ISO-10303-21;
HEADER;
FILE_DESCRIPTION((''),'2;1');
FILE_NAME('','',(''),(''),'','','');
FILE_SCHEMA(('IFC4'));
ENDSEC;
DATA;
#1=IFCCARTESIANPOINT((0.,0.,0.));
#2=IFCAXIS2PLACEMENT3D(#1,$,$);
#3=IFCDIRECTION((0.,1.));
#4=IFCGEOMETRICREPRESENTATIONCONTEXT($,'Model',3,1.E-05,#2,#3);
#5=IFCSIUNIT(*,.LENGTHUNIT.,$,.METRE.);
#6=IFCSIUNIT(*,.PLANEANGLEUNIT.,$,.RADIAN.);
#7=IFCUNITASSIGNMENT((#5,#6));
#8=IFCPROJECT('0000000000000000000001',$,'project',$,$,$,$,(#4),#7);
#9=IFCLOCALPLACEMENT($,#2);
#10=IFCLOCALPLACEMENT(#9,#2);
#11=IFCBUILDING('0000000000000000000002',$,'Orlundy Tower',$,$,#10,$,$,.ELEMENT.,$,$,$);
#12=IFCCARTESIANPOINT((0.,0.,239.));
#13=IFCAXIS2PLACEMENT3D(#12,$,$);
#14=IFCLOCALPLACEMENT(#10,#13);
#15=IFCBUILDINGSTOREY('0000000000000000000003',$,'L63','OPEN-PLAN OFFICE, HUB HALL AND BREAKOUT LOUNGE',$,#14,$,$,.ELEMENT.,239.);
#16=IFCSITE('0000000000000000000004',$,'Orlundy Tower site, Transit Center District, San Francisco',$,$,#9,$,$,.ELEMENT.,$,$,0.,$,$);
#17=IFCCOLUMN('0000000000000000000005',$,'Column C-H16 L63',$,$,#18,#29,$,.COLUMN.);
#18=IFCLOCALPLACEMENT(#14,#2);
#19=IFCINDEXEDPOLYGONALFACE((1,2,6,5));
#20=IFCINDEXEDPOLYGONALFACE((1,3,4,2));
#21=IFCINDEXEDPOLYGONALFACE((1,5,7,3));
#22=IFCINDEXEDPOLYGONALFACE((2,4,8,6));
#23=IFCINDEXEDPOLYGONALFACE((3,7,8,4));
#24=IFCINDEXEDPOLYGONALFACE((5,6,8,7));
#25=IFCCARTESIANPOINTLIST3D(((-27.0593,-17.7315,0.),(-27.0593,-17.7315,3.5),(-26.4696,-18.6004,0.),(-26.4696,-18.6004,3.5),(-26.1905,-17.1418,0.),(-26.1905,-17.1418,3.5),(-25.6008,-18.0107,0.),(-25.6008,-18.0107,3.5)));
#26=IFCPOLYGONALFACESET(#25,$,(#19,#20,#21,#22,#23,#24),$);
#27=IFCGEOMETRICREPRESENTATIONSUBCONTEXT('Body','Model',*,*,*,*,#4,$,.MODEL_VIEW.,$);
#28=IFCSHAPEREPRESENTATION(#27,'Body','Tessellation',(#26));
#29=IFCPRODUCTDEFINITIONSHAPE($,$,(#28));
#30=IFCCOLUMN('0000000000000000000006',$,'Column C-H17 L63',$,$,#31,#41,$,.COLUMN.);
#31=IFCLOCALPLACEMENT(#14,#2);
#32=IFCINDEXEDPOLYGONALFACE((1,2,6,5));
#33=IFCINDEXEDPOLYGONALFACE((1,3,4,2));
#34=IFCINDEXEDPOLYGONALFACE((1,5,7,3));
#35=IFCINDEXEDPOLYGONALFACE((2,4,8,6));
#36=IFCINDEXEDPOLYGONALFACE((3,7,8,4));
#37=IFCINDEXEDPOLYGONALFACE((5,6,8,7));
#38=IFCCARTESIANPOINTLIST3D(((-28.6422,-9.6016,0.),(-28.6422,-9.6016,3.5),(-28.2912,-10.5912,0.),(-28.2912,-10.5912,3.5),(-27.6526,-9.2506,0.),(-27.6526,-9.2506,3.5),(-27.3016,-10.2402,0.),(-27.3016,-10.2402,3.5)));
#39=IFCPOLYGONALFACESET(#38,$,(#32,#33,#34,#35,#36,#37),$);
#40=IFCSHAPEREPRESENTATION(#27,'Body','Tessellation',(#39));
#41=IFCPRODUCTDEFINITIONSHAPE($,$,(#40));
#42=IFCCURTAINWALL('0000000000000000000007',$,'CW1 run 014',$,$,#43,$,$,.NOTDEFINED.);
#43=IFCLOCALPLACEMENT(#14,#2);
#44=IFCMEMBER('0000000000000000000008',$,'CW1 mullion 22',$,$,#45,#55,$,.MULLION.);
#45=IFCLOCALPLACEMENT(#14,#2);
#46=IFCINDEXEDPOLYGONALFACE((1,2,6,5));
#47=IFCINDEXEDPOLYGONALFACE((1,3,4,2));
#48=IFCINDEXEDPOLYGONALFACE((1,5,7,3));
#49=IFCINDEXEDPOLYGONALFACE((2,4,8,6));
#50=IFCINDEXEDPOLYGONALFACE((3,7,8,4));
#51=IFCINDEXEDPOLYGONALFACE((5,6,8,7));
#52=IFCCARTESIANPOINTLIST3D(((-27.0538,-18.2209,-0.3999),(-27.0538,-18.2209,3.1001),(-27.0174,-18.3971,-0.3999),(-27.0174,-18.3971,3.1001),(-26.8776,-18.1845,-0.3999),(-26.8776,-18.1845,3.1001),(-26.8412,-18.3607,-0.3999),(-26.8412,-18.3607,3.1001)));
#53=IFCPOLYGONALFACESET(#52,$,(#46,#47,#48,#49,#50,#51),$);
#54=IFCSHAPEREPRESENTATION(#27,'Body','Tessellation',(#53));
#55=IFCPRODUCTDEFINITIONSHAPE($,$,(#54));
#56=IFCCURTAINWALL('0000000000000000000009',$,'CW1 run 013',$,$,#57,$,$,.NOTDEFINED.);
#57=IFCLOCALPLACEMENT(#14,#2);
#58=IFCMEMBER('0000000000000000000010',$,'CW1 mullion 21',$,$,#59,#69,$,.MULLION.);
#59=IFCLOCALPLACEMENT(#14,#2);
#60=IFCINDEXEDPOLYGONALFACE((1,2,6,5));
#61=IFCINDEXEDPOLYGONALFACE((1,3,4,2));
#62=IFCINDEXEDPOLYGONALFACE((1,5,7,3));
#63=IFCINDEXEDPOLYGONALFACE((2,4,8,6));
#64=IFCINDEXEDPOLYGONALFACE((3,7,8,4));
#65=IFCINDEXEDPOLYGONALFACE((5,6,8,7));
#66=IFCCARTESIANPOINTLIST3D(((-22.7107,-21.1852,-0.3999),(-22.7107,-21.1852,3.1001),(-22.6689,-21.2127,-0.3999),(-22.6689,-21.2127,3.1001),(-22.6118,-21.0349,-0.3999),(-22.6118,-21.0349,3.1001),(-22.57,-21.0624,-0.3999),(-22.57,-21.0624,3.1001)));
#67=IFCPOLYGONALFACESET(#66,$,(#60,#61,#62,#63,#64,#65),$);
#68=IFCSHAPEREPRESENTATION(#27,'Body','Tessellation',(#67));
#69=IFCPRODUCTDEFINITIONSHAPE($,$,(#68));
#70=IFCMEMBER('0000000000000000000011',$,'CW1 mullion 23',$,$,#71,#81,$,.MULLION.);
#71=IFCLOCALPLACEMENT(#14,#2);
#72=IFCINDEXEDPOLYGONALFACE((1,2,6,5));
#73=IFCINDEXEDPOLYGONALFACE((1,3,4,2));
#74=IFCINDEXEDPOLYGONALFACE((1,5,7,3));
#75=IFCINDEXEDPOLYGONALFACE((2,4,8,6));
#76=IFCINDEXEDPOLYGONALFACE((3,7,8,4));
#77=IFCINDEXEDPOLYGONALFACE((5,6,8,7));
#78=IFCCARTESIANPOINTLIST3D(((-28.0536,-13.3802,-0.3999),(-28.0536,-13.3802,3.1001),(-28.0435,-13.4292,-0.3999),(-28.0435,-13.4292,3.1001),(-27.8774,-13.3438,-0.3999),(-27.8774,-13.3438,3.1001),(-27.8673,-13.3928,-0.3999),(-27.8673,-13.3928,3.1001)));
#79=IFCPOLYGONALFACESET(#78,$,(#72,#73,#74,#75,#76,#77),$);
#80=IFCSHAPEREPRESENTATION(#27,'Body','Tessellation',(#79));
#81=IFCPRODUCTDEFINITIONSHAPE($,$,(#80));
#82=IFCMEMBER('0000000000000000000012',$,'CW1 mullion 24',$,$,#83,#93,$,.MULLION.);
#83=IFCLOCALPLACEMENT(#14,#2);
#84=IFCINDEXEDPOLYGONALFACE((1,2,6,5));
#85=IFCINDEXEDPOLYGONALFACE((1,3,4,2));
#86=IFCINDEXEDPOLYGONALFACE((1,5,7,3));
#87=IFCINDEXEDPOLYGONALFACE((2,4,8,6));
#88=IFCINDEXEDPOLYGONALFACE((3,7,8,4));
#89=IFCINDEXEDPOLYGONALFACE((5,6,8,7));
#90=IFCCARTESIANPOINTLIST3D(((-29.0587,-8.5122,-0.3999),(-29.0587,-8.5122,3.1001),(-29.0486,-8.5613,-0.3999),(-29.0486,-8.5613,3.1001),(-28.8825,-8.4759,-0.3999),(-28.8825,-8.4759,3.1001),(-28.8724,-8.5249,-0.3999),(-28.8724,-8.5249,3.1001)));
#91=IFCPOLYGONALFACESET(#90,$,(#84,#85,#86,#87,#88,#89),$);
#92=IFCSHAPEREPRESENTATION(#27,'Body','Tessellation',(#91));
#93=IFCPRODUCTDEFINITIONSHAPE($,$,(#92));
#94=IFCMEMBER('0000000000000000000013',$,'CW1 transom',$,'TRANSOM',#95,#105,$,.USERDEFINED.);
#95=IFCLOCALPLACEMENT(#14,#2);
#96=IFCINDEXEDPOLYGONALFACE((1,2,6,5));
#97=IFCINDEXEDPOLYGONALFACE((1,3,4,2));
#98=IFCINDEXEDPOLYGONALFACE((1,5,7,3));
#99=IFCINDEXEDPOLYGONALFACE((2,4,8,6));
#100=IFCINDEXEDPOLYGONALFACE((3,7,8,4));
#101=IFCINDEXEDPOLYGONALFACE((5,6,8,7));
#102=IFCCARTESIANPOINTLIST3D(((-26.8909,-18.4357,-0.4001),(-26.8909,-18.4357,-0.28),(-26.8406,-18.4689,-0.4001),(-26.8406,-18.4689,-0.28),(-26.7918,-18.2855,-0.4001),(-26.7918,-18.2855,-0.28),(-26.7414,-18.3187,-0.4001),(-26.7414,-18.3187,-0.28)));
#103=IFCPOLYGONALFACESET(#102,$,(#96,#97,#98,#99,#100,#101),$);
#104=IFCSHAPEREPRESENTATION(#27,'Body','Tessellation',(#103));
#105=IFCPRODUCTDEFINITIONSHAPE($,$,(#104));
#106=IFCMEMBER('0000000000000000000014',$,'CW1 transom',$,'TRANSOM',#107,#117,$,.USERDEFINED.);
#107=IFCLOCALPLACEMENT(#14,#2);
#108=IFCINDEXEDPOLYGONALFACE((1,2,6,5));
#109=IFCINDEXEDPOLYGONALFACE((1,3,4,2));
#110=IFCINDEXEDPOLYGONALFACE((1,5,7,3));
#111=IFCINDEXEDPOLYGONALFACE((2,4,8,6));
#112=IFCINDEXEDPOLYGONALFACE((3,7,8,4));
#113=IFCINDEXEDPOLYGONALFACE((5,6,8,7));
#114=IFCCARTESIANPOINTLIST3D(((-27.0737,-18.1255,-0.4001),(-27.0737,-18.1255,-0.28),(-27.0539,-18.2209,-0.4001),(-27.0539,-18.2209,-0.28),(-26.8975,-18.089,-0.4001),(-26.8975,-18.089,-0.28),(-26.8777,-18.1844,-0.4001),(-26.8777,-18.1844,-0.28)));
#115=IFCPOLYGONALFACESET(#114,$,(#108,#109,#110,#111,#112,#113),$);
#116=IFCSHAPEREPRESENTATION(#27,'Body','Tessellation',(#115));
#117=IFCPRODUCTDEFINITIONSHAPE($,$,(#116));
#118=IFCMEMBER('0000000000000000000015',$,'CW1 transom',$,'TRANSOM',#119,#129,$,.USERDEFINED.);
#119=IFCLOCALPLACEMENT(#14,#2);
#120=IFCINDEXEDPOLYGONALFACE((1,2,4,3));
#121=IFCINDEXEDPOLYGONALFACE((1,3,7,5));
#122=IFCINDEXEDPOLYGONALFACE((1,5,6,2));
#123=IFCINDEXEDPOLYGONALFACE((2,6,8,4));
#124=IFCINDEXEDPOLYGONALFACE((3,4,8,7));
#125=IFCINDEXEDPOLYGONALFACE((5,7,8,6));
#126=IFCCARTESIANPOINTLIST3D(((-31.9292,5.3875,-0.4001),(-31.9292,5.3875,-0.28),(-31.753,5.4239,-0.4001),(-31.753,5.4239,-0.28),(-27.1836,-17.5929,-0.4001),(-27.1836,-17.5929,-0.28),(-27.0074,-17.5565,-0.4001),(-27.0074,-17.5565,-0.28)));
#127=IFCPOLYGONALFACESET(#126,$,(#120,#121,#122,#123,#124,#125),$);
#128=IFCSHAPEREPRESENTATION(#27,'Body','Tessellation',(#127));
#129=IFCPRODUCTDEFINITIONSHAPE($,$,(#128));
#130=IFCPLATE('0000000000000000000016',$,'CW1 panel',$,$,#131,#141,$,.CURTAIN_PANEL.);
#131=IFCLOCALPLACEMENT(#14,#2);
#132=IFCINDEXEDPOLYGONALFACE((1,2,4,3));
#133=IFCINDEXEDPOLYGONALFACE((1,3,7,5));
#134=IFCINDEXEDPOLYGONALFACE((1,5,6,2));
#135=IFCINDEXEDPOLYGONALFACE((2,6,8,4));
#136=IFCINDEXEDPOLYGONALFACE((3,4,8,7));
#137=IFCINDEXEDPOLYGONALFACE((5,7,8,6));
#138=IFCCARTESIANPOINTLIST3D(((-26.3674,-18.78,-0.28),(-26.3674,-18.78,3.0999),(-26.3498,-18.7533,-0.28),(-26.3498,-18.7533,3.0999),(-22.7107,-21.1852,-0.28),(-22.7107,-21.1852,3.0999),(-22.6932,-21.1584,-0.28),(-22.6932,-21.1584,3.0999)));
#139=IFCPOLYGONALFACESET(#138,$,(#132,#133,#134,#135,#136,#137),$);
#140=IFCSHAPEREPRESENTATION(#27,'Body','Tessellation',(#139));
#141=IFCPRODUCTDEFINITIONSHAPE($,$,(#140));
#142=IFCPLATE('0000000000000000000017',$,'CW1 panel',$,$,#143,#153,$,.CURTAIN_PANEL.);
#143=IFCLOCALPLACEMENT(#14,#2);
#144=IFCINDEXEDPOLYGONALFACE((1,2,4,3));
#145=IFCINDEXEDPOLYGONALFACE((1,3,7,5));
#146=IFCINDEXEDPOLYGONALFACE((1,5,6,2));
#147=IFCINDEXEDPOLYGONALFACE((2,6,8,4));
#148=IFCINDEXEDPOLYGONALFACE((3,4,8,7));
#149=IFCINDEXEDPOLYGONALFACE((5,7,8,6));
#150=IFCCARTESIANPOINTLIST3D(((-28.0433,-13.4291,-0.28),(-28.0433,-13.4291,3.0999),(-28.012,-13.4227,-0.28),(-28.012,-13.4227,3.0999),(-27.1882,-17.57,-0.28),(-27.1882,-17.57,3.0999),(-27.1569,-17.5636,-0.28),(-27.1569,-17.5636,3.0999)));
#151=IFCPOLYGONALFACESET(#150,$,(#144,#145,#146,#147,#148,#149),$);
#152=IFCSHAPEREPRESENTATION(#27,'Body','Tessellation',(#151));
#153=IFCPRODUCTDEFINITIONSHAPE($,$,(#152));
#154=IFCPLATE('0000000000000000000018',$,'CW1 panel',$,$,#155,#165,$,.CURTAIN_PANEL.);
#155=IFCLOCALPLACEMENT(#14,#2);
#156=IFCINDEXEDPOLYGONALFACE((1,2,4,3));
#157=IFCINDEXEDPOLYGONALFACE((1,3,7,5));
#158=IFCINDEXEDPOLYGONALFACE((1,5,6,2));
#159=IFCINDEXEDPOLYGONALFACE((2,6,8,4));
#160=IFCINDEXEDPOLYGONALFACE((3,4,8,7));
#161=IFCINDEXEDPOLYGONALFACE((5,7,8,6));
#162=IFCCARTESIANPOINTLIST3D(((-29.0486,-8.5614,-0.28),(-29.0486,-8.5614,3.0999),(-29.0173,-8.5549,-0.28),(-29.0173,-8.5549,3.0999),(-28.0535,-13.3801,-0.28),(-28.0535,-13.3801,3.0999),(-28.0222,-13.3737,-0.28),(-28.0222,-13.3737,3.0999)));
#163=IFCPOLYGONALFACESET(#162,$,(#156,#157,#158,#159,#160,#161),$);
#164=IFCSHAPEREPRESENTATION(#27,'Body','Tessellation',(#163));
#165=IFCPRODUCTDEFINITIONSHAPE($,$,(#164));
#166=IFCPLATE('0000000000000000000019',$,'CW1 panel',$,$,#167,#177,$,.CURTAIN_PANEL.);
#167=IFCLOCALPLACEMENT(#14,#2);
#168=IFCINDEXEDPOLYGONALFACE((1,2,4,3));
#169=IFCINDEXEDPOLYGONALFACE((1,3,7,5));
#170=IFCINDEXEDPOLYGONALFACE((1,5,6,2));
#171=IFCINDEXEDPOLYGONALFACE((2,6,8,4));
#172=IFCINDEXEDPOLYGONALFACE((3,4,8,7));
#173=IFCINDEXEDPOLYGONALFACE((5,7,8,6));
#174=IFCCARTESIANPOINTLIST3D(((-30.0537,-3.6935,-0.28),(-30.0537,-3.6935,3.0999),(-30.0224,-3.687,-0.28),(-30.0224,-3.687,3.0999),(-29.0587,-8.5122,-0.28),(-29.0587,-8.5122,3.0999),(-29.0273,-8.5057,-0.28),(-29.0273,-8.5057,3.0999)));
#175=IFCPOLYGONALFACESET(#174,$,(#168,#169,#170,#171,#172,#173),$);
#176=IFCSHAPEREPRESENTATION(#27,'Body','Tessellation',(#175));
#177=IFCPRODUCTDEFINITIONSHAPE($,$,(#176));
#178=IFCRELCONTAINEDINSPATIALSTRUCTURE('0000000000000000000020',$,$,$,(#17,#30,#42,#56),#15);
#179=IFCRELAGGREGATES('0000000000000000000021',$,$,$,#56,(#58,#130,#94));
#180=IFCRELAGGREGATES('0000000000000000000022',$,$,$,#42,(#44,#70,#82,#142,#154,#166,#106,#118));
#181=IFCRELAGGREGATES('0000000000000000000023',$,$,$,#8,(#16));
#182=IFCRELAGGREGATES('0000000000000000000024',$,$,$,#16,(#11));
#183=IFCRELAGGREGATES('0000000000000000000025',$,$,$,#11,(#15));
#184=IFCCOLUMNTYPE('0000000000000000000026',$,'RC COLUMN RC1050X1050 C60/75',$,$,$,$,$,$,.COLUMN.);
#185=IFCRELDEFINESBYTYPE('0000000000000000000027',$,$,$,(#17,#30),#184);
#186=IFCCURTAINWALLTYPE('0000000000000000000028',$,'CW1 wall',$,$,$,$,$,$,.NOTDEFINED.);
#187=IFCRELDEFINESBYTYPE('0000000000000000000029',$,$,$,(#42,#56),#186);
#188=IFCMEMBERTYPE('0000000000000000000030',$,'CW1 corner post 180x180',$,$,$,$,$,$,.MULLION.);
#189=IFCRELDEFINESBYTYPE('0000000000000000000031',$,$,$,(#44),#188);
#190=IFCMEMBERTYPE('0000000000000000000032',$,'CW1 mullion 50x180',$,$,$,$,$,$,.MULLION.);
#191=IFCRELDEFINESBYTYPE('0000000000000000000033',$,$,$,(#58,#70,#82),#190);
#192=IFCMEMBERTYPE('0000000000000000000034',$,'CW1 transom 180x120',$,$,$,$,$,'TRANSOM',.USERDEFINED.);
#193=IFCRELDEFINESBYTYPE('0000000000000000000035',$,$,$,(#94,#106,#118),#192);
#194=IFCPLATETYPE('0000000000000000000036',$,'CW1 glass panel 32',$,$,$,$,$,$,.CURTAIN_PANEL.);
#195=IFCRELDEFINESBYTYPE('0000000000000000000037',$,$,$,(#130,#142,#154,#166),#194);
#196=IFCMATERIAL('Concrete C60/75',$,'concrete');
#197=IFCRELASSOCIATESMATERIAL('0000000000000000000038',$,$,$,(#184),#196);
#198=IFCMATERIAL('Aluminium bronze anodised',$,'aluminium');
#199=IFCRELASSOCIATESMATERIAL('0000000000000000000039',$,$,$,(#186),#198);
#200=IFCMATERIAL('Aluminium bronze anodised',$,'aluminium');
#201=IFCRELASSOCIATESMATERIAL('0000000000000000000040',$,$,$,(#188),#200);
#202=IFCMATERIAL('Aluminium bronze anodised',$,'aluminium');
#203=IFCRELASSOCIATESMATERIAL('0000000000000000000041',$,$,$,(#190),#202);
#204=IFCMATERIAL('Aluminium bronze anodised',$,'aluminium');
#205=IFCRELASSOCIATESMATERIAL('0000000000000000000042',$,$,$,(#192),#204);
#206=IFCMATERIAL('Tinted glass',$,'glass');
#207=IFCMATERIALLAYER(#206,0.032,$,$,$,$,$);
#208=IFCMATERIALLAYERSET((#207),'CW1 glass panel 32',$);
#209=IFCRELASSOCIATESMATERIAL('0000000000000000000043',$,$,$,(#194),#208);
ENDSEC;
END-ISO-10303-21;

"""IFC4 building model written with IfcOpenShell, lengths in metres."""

from ifc_helpers import new_model, si_unit, direction, frame, origin, origin_2d, place, context, subcontext, project, spatial, rectangle, extrude, material, layer, layer_set, material_profile, profile_set, type_object, element, aggregate, save


model = new_model("IFC4")

# Units and contexts
model_context = context("Model", 3, precision=1e-05, world=origin(), true_north=direction((0.0, 1.0)))
body_context = subcontext(model_context, "Body", "Model", "MODEL_VIEW")
ifc_project = project(units=[si_unit("LENGTHUNIT", "METRE"), si_unit("PLANEANGLEUNIT", "RADIAN")], contexts=[model_context])

# Site, building, storey
site_placement = place(None, origin())
site = spatial("IfcSite", under=ifc_project, at=site_placement, Name="Orlundy Tower site, Transit Center District, San Francisco", CompositionType="ELEMENT", RefElevation=0.0)
building_placement = place(site_placement, origin())
building = spatial("IfcBuilding", under=site, at=building_placement, Name="Orlundy Tower", CompositionType="ELEMENT")
storey_placement = place(building_placement, frame((0.0, 0.0, 239.0)))
storey = spatial("IfcBuildingStorey", under=building, at=storey_placement, Name="L63", Description="OPEN-PLAN OFFICE, HUB HALL AND BREAKOUT LOUNGE", CompositionType="ELEMENT", Elevation=239.0)

# Columns
ifc_material_1 = material(Name="Concrete C60/75", Category="concrete")
ifc_material_profile_1 = material_profile(ifc_material_1, rectangle(XDim=1.05, YDim=1.05, at=origin_2d()), Name="RC1050X1050")
ifc_profile_set_1 = profile_set([ifc_material_profile_1], Name="Concrete C60/75")
column_type = type_object("IfcColumnType", Name="RC COLUMN RC1050X1050 C60/75", PredefinedType="COLUMN", material=ifc_profile_set_1)
for number, where, z_axis, x_axis, name in (
    (1, (-26.3301, -17.8711, 0.0), (0.0, 0.0, 1.0), (-0.827414, -0.561592, 0.0), "Column C-H16 L63"),
    (2, (-27.9719, -9.9209, 0.0), (0.0, 0.0, 1.0), (-0.942478, -0.334267, 0.0), "Column C-H17 L63"),
):
    element("IfcColumn", number, at=place(storey_placement, frame(where, z_axis=z_axis, x_axis=x_axis)), inside=storey, type_object=column_type, Name=name, PredefinedType="COLUMN", context=body_context, shape_type="SweptSolid", body=[
        extrude(rectangle(XDim=1.05, YDim=1.05, at=origin_2d()), origin(), (0.0, 0.0, 1.0), 3.5),
    ])

# Curtain walls, members
ifc_material_2 = material(Name="Aluminium bronze anodised", Category="aluminium")
curtain_wall_type = type_object("IfcCurtainWallType", Name="CW1 wall", PredefinedType="NOTDEFINED", material=ifc_material_2)
curtain_wall_1_placement = place(storey_placement, origin())
curtain_wall_1 = element("IfcCurtainWall", 3, at=curtain_wall_1_placement, inside=storey, type_object=curtain_wall_type, Name="CW1 run 014", PredefinedType="NOTDEFINED")
ifc_material_3 = material(Name="Aluminium bronze anodised", Category="aluminium")
ifc_material_profile_2 = material_profile(ifc_material_3, rectangle(XDim=0.1799, YDim=0.1799, at=origin_2d()), Name="CW1 corner post 180x180")
ifc_profile_set_2 = profile_set([ifc_material_profile_2], Name="Aluminium bronze anodised")
member_type_1 = type_object("IfcMemberType", Name="CW1 corner post 180x180", PredefinedType="MULLION", material=ifc_profile_set_2)
member_1_placement = place(storey_placement, frame((-26.9475, -18.2908, -0.3999), z_axis=(0.0, 0.0, 1.0), x_axis=(-0.979337, -0.202233, 0.0)))
member_1 = element("IfcMember", 4, at=member_1_placement, type_object=member_type_1, Name="CW1 mullion 22", PredefinedType="MULLION", context=body_context, shape_type="SweptSolid", body=[
    extrude(rectangle(XDim=0.1799, YDim=0.1799, at=origin_2d()), origin(), (0.0, 0.0, 1.0), 3.5),
])
curtain_wall_2_placement = place(storey_placement, origin())
curtain_wall_2 = element("IfcCurtainWall", 5, at=curtain_wall_2_placement, inside=storey, type_object=curtain_wall_type, Name="CW1 run 013", PredefinedType="NOTDEFINED")
ifc_material_4 = material(Name="Aluminium bronze anodised", Category="aluminium")
ifc_material_profile_3 = material_profile(ifc_material_4, rectangle(XDim=0.1799, YDim=0.05, at=origin_2d()), Name="CW1 mullion 50x180")
ifc_profile_set_3 = profile_set([ifc_material_profile_3], Name="Aluminium bronze anodised")
member_type_2 = type_object("IfcMemberType", Name="CW1 mullion 50x180", PredefinedType="MULLION", material=ifc_profile_set_3)
member_2_placement = place(storey_placement, frame((-22.6404, -21.1238, -0.3999), z_axis=(0.0, 0.0, 1.0), x_axis=(-0.549527, -0.835476, 0.0)))
member_2 = element("IfcMember", 6, at=member_2_placement, type_object=member_type_2, Name="CW1 mullion 21", PredefinedType="MULLION", context=body_context, shape_type="SweptSolid", body=[
    extrude(rectangle(XDim=0.1799, YDim=0.05, at=origin_2d()), origin(), (0.0, 0.0, 1.0), 3.5),
])

# Members
member_3_placement = place(storey_placement, frame((-27.9604, -13.3865, -0.3999), z_axis=(0.0, 0.0, 1.0), x_axis=(-0.979337, -0.202233, 0.0)))
member_3 = element("IfcMember", 7, at=member_3_placement, type_object=member_type_2, Name="CW1 mullion 23", PredefinedType="MULLION", context=body_context, shape_type="SweptSolid", body=[
    extrude(rectangle(XDim=0.1799, YDim=0.05, at=origin_2d()), origin(), (0.0, 0.0, 1.0), 3.5),
])
member_4_placement = place(storey_placement, frame((-28.9656, -8.5186, -0.3999), z_axis=(0.0, 0.0, 1.0), x_axis=(-0.979337, -0.202233, 0.0)))
member_4 = element("IfcMember", 8, at=member_4_placement, type_object=member_type_2, Name="CW1 mullion 24", PredefinedType="MULLION", context=body_context, shape_type="SweptSolid", body=[
    extrude(rectangle(XDim=0.1799, YDim=0.05, at=origin_2d()), origin(), (0.0, 0.0, 1.0), 3.5),
])
ifc_material_5 = material(Name="Aluminium bronze anodised", Category="aluminium")
ifc_material_profile_4 = material_profile(ifc_material_5, rectangle(XDim=0.1799, YDim=0.1201, at=origin_2d()), Name="CW1 transom 180x120")
ifc_profile_set_4 = profile_set([ifc_material_profile_4], Name="Aluminium bronze anodised")
member_type_3 = type_object("IfcMemberType", Name="CW1 transom 180x120", ElementType="TRANSOM", PredefinedType="USERDEFINED", material=ifc_profile_set_4)
member_5_placement = place(storey_placement, frame((-26.791, -18.3938, -0.3401), z_axis=(-0.834535, 0.550955, 0.0), x_axis=(-0.550955, -0.834535, 0.0)))
member_5 = element("IfcMember", 9, at=member_5_placement, type_object=member_type_3, Name="CW1 transom", ObjectType="TRANSOM", PredefinedType="USERDEFINED", context=body_context, shape_type="SweptSolid", body=[
    extrude(rectangle(XDim=0.1799, YDim=0.1201, at=origin_2d()), origin(), (0.0, 0.0, 1.0), 0.0603),
])
member_6_placement = place(storey_placement, frame((-26.9658, -18.2026, -0.3401), z_axis=(-0.202854, 0.979209, 0.0), x_axis=(-0.979209, -0.202854, 0.0)))
member_6 = element("IfcMember", 10, at=member_6_placement, type_object=member_type_3, Name="CW1 transom", ObjectType="TRANSOM", PredefinedType="USERDEFINED", context=body_context, shape_type="SweptSolid", body=[
    extrude(rectangle(XDim=0.1799, YDim=0.1201, at=origin_2d()), origin(), (0.0, 0.0, 1.0), 0.0974),
])
member_7_placement = place(storey_placement, frame((-27.0955, -17.5747, -0.3401), z_axis=(-0.202239, 0.979336, 0.0), x_axis=(-0.979336, -0.202239, 0.0)))
member_7 = element("IfcMember", 11, at=member_7_placement, type_object=member_type_3, Name="CW1 transom", ObjectType="TRANSOM", PredefinedType="USERDEFINED", context=body_context, shape_type="SweptSolid", body=[
    extrude(rectangle(XDim=0.1799, YDim=0.1201, at=origin_2d()), origin(), (0.0, 0.0, 1.0), 23.4653),
])

# Plates
ifc_material_6 = material(Name="Tinted glass", Category="glass")
ifc_layer_1 = layer(ifc_material_6, 0.032)
ifc_layer_set_1 = layer_set([ifc_layer_1], Name="CW1 glass panel 32")
plate_type = type_object("IfcPlateType", Name="CW1 glass panel 32", PredefinedType="CURTAIN_PANEL", material=ifc_layer_set_1)
plate_1_placement = place(storey_placement, frame((-24.5303, -19.9692, -0.28), z_axis=(0.0, 0.0, 1.0), x_axis=(-0.835476, 0.549527, 0.0)))
plate_1 = element("IfcPlate", 12, at=plate_1_placement, type_object=plate_type, Name="CW1 panel", PredefinedType="CURTAIN_PANEL", context=body_context, shape_type="SweptSolid", body=[
    extrude(rectangle(XDim=4.3767, YDim=0.032, at=origin_2d()), origin(), (0.0, 0.0, 1.0), 3.3799),
])
aggregate(curtain_wall_2, [member_2, plate_1, member_5])
plate_2_placement = place(storey_placement, frame((-27.6001, -15.4963, -0.28), z_axis=(0.0, 0.0, 1.0), x_axis=(-0.202233, 0.979337, 0.0)))
plate_2 = element("IfcPlate", 13, at=plate_2_placement, type_object=plate_type, Name="CW1 panel", PredefinedType="CURTAIN_PANEL", context=body_context, shape_type="SweptSolid", body=[
    extrude(rectangle(XDim=4.2283, YDim=0.032, at=origin_2d()), origin(), (0.0, 0.0, 1.0), 3.3799),
])
plate_3_placement = place(storey_placement, frame((-28.5354, -10.9675, -0.28), z_axis=(0.0, 0.0, 1.0), x_axis=(-0.202233, 0.979337, 0.0)))
plate_3 = element("IfcPlate", 14, at=plate_3_placement, type_object=plate_type, Name="CW1 panel", PredefinedType="CURTAIN_PANEL", context=body_context, shape_type="SweptSolid", body=[
    extrude(rectangle(XDim=4.9204, YDim=0.032, at=origin_2d()), origin(), (0.0, 0.0, 1.0), 3.3799),
])
plate_4_placement = place(storey_placement, frame((-29.5405, -6.0996, -0.28), z_axis=(0.0, 0.0, 1.0), x_axis=(-0.202233, 0.979337, 0.0)))
plate_4 = element("IfcPlate", 15, at=plate_4_placement, type_object=plate_type, Name="CW1 panel", PredefinedType="CURTAIN_PANEL", context=body_context, shape_type="SweptSolid", body=[
    extrude(rectangle(XDim=4.9204, YDim=0.032, at=origin_2d()), origin(), (0.0, 0.0, 1.0), 3.3799),
])
aggregate(curtain_wall_1, [member_1, member_3, member_4, plate_2, plate_3, plate_4, member_6, member_7])

save(model, "model.ifc")
